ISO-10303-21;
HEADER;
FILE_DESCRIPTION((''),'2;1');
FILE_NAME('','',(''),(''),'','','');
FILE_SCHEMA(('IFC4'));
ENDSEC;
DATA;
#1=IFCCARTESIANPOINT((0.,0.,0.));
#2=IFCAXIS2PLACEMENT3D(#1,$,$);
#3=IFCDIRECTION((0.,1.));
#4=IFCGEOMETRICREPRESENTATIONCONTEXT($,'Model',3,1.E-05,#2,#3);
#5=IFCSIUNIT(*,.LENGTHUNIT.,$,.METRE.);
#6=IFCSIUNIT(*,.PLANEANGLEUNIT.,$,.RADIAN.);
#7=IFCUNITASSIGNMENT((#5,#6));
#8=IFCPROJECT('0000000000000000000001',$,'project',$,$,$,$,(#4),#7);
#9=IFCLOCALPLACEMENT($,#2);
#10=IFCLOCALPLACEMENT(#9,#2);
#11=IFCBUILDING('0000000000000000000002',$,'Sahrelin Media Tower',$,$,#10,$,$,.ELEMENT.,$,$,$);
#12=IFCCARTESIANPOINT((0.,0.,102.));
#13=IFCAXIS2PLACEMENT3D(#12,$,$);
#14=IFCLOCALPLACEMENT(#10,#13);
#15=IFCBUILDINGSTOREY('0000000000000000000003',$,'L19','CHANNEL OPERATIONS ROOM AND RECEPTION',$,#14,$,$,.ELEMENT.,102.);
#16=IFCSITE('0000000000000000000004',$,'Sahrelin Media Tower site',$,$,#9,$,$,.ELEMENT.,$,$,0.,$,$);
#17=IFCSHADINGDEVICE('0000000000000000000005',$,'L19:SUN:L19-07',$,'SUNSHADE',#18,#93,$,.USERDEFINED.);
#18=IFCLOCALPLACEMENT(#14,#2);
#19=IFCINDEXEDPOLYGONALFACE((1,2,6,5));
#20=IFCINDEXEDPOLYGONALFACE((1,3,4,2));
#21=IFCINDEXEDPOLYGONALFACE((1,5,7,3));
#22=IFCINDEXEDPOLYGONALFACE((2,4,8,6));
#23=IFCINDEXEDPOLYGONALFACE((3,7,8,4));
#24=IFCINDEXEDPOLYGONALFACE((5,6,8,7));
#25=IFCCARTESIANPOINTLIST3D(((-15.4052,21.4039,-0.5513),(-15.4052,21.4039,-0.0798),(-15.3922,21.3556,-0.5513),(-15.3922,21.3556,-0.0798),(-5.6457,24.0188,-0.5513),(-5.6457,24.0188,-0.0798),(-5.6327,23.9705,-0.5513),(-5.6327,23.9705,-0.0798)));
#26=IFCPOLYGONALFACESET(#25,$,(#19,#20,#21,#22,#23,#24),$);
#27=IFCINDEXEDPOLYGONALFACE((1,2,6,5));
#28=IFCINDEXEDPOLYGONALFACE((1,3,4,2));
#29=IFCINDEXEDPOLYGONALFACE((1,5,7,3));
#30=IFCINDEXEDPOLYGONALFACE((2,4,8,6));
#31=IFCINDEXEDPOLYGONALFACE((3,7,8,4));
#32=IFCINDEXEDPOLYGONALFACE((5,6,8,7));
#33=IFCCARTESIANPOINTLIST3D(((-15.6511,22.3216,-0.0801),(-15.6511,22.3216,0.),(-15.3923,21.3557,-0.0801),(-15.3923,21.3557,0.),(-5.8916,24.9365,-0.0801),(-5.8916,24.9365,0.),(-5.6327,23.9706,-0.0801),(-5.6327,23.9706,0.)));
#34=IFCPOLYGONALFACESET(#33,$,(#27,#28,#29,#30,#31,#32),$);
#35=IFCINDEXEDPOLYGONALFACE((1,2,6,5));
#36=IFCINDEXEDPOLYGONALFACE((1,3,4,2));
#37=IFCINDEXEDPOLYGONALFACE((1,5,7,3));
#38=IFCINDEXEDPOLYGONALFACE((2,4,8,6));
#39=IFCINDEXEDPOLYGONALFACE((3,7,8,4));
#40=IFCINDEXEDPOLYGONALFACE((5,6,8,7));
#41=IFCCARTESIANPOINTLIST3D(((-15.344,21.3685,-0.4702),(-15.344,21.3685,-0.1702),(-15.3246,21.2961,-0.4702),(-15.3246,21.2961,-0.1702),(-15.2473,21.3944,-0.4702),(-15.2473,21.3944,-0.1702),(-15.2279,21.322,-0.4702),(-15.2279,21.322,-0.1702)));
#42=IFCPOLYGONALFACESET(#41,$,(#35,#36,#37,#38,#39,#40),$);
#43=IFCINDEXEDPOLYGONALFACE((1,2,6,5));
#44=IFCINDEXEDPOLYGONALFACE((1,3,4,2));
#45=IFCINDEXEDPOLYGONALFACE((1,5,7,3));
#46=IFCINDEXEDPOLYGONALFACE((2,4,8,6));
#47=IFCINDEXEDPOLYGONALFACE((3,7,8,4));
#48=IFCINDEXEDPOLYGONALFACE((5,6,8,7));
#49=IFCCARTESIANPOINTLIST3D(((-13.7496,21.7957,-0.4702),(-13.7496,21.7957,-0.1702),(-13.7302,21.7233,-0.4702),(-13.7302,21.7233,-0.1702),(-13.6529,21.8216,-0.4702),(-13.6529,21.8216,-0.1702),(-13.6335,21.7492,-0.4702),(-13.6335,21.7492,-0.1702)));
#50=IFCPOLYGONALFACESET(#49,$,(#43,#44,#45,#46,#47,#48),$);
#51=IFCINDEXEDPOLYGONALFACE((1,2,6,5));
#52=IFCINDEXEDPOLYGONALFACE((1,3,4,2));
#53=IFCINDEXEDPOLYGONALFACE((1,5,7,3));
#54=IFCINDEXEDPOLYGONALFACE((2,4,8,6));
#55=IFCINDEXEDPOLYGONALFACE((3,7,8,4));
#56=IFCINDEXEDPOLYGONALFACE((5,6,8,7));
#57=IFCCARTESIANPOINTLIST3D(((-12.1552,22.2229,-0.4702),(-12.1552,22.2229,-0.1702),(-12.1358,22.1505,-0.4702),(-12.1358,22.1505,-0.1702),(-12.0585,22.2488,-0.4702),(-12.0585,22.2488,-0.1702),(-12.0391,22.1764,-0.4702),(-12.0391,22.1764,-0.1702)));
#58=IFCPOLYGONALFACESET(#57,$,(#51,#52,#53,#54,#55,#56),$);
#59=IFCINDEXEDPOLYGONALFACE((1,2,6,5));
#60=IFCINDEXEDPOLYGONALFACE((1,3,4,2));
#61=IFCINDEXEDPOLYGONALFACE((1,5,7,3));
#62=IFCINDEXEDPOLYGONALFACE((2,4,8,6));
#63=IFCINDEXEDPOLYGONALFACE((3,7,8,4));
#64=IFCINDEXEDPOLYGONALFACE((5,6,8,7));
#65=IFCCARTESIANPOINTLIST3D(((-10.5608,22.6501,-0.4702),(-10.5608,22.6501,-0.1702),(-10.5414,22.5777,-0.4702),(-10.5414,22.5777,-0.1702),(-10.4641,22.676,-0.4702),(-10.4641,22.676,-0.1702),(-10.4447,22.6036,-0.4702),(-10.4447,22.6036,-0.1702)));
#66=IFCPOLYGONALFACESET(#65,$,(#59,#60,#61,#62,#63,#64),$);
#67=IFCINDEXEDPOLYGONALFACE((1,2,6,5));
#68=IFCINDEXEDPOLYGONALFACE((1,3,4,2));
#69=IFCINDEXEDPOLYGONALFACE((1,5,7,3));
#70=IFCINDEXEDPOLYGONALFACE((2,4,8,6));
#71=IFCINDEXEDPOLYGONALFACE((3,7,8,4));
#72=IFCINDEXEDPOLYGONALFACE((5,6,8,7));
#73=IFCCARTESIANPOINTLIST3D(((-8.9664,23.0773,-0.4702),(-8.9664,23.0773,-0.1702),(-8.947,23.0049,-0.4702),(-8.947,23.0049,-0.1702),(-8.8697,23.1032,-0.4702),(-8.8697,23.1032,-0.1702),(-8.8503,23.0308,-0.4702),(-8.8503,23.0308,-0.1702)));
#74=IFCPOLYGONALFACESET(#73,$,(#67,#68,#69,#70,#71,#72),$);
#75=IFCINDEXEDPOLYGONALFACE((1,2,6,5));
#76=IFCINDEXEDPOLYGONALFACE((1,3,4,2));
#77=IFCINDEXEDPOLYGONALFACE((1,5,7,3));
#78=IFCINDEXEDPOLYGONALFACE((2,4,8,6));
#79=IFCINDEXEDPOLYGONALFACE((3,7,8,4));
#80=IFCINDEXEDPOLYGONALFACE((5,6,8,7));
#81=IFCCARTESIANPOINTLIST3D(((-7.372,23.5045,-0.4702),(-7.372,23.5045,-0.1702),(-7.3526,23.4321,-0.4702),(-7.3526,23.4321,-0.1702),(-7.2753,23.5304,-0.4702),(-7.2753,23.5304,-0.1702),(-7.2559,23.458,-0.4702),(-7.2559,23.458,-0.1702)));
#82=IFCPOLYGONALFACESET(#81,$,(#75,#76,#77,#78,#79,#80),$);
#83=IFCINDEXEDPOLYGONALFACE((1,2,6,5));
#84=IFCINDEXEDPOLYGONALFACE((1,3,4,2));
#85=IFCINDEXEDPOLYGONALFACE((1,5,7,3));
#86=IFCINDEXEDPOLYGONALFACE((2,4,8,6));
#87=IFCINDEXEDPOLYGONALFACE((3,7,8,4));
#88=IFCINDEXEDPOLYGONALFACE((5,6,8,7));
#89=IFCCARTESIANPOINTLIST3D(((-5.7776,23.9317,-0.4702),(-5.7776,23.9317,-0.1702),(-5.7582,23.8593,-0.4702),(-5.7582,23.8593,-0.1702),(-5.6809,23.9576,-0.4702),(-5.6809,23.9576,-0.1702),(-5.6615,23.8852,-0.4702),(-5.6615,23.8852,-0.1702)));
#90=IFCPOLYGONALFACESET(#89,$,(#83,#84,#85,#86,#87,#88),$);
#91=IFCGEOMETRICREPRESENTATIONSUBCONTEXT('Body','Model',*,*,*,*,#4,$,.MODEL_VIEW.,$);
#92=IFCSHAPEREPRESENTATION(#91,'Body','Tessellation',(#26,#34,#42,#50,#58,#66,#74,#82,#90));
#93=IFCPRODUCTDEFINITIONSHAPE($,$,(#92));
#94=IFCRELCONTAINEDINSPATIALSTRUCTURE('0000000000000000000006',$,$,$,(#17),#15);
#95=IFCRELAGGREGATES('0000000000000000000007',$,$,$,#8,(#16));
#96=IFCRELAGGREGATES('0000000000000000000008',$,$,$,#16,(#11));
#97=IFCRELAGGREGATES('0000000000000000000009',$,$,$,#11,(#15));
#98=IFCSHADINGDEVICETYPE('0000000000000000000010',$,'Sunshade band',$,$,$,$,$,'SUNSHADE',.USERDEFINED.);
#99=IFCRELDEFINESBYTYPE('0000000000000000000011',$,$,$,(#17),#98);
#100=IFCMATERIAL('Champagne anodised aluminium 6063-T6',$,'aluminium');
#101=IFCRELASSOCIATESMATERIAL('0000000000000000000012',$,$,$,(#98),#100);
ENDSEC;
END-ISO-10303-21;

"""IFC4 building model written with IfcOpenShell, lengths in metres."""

from ifc_helpers import new_model, si_unit, direction, frame, origin, origin_2d, place, context, subcontext, project, spatial, rectangle, extrude, material, type_object, element, save


model = new_model("IFC4")

# Units and contexts
model_context = context("Model", 3, precision=1e-05, world=origin(), true_north=direction((0.0, 1.0)))
body_context = subcontext(model_context, "Body", "Model", "MODEL_VIEW")
ifc_project = project(units=[si_unit("LENGTHUNIT", "METRE"), si_unit("PLANEANGLEUNIT", "RADIAN")], contexts=[model_context])

# Site, building, storey
site_placement = place(None, origin())
site = spatial("IfcSite", under=ifc_project, at=site_placement, Name="Sahrelin Media Tower site", CompositionType="ELEMENT", RefElevation=0.0)
building_placement = place(site_placement, origin())
building = spatial("IfcBuilding", under=site, at=building_placement, Name="Sahrelin Media Tower", CompositionType="ELEMENT")
storey_placement = place(building_placement, frame((0.0, 0.0, 102.0)))
storey = spatial("IfcBuildingStorey", under=building, at=storey_placement, Name="L19", Description="CHANNEL OPERATIONS ROOM AND RECEPTION", CompositionType="ELEMENT", Elevation=102.0)

# Shared definitions
ifc_material_1 = material(Name="Champagne anodised aluminium 6063-T6", Category="aluminium")

# Shading device
placement_1 = place(storey_placement, frame((-10.5073, 22.6438, 0.0), z_axis=(0.0, 0.0, 1.0), x_axis=(0.965929, 0.258808, 0.0)))
shading_device_type_1 = type_object("IfcShadingDeviceType", Name="Sunshade band", ElementType="SUNSHADE", PredefinedType="USERDEFINED", material=ifc_material_1)
element("IfcShadingDevice", 1, at=placement_1, inside=storey, type_object=shading_device_type_1, Name="L19:SUN:L19-07", ObjectType="SUNSHADE", PredefinedType="USERDEFINED", context=body_context, shape_type="SweptSolid", body=[
    extrude(rectangle(XDim=10.1038, YDim=0.05, at=origin_2d()), frame((0.0, 0.0449, -0.5513)), (0.0, 0.0, 1.0), 0.4714),
    extrude(rectangle(XDim=10.1038, YDim=1.0, at=origin_2d()), frame((0.0, 0.52, -0.0801)), (0.0, 0.0, 1.0), 0.0801),
    extrude(rectangle(XDim=0.1001, YDim=0.075, at=origin_2d()), frame((-4.9519, -0.0176, -0.4702)), (0.0, 0.0, 1.0), 0.3),
    extrude(rectangle(XDim=0.1001, YDim=0.075, at=origin_2d()), frame((-3.3013, -0.0176, -0.4702)), (0.0, 0.0, 1.0), 0.3),
    extrude(rectangle(XDim=0.1001, YDim=0.075, at=origin_2d()), frame((-1.6506, -0.0176, -0.4702)), (0.0, 0.0, 1.0), 0.3),
    extrude(rectangle(XDim=0.1001, YDim=0.075, at=origin_2d()), frame((0.0, -0.0176, -0.4702)), (0.0, 0.0, 1.0), 0.3),
    extrude(rectangle(XDim=0.1001, YDim=0.075, at=origin_2d()), frame((1.6506, -0.0176, -0.4702)), (0.0, 0.0, 1.0), 0.3),
    extrude(rectangle(XDim=0.1001, YDim=0.075, at=origin_2d()), frame((3.3013, -0.0176, -0.4702)), (0.0, 0.0, 1.0), 0.3),
    extrude(rectangle(XDim=0.1001, YDim=0.075, at=origin_2d()), frame((4.9519, -0.0176, -0.4702)), (0.0, 0.0, 1.0), 0.3),
])

save(model, "model.ifc")
